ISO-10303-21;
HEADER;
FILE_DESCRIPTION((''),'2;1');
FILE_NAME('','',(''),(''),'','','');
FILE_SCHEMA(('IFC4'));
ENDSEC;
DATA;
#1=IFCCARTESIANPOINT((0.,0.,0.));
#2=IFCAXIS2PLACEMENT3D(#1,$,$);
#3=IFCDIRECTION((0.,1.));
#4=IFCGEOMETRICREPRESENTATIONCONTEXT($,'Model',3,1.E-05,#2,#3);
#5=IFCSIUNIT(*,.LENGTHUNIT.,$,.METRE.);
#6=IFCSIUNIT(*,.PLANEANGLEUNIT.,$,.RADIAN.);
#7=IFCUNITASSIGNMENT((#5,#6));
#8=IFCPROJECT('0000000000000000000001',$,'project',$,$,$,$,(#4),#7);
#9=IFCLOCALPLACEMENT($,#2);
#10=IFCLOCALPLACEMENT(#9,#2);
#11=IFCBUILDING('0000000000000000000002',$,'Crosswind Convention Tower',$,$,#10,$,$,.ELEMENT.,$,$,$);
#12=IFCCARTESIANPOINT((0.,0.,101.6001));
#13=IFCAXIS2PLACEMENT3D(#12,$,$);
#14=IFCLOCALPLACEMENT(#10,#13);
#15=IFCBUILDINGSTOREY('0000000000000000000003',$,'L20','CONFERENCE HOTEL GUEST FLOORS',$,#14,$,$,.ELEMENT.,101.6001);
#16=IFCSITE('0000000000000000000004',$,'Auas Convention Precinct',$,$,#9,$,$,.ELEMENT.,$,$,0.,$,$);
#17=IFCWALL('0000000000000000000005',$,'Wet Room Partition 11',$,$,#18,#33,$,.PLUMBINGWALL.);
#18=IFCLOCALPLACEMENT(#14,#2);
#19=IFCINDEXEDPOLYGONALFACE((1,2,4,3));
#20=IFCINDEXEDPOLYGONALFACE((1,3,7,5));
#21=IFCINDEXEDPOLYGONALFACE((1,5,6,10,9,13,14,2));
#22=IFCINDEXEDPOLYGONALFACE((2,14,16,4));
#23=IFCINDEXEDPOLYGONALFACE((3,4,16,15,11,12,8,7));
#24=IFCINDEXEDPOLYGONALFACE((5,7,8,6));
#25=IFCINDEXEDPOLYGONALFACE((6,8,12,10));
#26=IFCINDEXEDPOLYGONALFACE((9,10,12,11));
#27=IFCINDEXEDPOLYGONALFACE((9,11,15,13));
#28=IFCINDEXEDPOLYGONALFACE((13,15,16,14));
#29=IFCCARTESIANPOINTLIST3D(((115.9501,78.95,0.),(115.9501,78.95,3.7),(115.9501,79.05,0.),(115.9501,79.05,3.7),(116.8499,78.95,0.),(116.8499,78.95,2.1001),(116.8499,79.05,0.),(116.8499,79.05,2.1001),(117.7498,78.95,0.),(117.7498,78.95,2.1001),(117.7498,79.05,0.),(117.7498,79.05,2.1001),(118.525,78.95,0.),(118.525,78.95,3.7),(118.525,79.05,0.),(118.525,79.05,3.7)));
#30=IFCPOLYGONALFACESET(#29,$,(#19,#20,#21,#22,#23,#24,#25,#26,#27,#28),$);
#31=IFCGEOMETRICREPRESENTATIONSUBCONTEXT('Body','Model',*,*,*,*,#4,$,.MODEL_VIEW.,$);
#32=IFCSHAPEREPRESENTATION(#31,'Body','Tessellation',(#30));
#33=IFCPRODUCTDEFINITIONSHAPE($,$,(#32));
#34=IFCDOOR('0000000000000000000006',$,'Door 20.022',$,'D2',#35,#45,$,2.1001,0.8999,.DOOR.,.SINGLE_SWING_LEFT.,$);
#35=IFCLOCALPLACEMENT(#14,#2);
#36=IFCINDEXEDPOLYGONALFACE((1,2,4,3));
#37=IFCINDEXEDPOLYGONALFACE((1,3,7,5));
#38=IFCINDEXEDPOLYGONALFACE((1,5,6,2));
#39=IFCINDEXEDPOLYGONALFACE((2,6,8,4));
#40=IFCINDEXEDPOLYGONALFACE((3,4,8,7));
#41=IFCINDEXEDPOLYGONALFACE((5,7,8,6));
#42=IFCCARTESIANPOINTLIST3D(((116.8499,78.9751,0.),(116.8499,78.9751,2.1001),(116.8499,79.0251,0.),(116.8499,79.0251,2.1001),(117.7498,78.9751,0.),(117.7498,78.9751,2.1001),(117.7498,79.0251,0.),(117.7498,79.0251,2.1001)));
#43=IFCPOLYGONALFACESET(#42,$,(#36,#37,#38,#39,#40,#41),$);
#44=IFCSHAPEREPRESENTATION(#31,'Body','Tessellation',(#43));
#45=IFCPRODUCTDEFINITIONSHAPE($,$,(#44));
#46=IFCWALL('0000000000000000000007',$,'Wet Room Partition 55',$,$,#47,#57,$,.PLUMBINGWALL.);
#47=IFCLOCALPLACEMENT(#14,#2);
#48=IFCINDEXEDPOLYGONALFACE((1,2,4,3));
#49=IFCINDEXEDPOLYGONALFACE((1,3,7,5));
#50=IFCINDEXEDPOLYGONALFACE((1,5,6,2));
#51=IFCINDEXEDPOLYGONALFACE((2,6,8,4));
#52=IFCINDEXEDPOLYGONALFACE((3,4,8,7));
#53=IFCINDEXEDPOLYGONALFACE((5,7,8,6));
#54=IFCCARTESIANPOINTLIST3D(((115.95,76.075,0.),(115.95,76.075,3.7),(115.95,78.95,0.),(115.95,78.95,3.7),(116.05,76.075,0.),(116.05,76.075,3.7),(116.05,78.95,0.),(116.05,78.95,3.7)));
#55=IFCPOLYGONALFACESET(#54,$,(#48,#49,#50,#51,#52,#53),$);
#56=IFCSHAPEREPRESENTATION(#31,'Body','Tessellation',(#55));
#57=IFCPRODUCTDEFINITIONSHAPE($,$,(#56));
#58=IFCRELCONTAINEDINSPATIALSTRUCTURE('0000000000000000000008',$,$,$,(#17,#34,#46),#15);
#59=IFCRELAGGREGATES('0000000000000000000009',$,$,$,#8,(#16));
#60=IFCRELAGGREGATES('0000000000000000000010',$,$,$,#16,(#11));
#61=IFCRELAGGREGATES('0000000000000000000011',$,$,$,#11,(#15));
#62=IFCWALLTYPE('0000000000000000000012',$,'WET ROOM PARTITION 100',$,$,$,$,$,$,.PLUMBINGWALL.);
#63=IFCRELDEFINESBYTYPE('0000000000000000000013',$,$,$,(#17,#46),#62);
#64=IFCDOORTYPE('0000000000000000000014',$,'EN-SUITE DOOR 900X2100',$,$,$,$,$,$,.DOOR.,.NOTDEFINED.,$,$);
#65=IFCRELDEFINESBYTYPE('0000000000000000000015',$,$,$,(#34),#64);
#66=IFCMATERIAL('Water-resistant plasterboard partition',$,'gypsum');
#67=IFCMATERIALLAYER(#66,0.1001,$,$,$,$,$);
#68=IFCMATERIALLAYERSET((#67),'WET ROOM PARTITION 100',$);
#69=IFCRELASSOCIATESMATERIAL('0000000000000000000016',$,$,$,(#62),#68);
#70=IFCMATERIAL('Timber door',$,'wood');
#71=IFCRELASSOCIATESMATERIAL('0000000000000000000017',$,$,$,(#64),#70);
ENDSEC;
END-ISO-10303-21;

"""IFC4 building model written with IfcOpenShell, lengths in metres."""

from ifc_helpers import new_model, si_unit, direction, frame, frame_2d, origin, place, context, subcontext, project, spatial, rectangle, extrude, material, layer, layer_set, type_object, element, fill, save


model = new_model("IFC4")

# Units and contexts
model_context = context("Model", 3, precision=1e-05, world=origin(), true_north=direction((0.0, 1.0)))
body_context = subcontext(model_context, "Body", "Model", "MODEL_VIEW")
ifc_project = project(units=[si_unit("LENGTHUNIT", "METRE"), si_unit("PLANEANGLEUNIT", "RADIAN")], contexts=[model_context])

# Site, building, storey
site_placement = place(None, origin())
site = spatial("IfcSite", under=ifc_project, at=site_placement, Name="Auas Convention Precinct", CompositionType="ELEMENT", RefElevation=0.0)
building_placement = place(site_placement, origin())
building = spatial("IfcBuilding", under=site, at=building_placement, Name="Crosswind Convention Tower", CompositionType="ELEMENT")
storey_placement = place(building_placement, frame((0.0, 0.0, 101.6001)))
storey = spatial("IfcBuildingStorey", under=building, at=storey_placement, Name="L20", Description="CONFERENCE HOTEL GUEST FLOORS", CompositionType="ELEMENT", Elevation=101.6001)

# Wall, opening, door
ifc_material_1 = material(Name="Water-resistant plasterboard partition", Category="gypsum")
ifc_layer_1 = layer(ifc_material_1, 0.1001)
ifc_layer_set_1 = layer_set([ifc_layer_1], Name="WET ROOM PARTITION 100")
wall_type_1 = type_object("IfcWallType", Name="WET ROOM PARTITION 100", PredefinedType="PLUMBINGWALL", material=ifc_layer_set_1)
wall_1_placement = place(storey_placement, frame((115.95, 79.0, 0.0), z_axis=(0.0, 0.0, 1.0), x_axis=(1.0, 0.0, 0.0)))
wall_1 = element("IfcWall", 1, at=wall_1_placement, inside=storey, type_object=wall_type_1, Name="Wet Room Partition 11", PredefinedType="PLUMBINGWALL", context=body_context, shape_type="SweptSolid", body=[
    extrude(rectangle(XDim=2.575, YDim=0.1001, at=frame_2d((1.2876, 0.0))), origin(), (0.0, 0.0, 1.0), 3.7),
])
opening_1_placement = place(wall_1_placement, frame((0.8999, 0.0, 0.0)))
opening_1 = element("IfcOpeningElement", 2, at=opening_1_placement, cuts=wall_1, PredefinedType="OPENING", context=body_context, shape_type="SweptSolid", body=[
    extrude(rectangle(XDim=0.8999, YDim=2.1001, at=frame_2d((0.45, 1.05))), frame((0.0, 0.0601, 0.0), z_axis=(0.0, -1.0, 0.0), x_axis=(1.0, 0.0, 0.0)), (0.0, 0.0, 1.0), 0.1201),
])
ifc_material_2 = material(Name="Timber door", Category="wood")
door_type_1 = type_object("IfcDoorType", Name="EN-SUITE DOOR 900X2100", OperationType="NOTDEFINED", PredefinedType="DOOR", material=ifc_material_2)
door_1_placement = place(opening_1_placement, frame((0.8999, 0.0, 0.0), z_axis=(0.0, 0.0, 1.0), x_axis=(-1.0, 0.0, 0.0)))
door_1 = element("IfcDoor", 3, at=door_1_placement, inside=storey, type_object=door_type_1, Name="Door 20.022", ObjectType="D2", OperationType="SINGLE_SWING_LEFT", OverallHeight=2.1001, OverallWidth=0.8999, PredefinedType="DOOR", context=body_context, shape_type="SweptSolid", body=[
    extrude(rectangle(XDim=0.8999, YDim=2.1001, at=frame_2d((0.45, 1.05))), frame((0.0, 0.0249, 0.0), z_axis=(0.0, -1.0, 0.0), x_axis=(1.0, 0.0, 0.0)), (0.0, 0.0, 1.0), 0.05),
])
fill(opening_1, door_1)

# Wall
wall_2_placement = place(storey_placement, frame((116.0, 76.075, 0.0), z_axis=(0.0, 0.0, 1.0), x_axis=(0.0, 1.0, 0.0)))
element("IfcWall", 4, at=wall_2_placement, inside=storey, type_object=wall_type_1, Name="Wet Room Partition 55", PredefinedType="PLUMBINGWALL", context=body_context, shape_type="SweptSolid", body=[
    extrude(rectangle(XDim=2.875, YDim=0.1001, at=frame_2d((1.4375, 0.0))), origin(), (0.0, 0.0, 1.0), 3.7),
])

save(model, "model.ifc")
